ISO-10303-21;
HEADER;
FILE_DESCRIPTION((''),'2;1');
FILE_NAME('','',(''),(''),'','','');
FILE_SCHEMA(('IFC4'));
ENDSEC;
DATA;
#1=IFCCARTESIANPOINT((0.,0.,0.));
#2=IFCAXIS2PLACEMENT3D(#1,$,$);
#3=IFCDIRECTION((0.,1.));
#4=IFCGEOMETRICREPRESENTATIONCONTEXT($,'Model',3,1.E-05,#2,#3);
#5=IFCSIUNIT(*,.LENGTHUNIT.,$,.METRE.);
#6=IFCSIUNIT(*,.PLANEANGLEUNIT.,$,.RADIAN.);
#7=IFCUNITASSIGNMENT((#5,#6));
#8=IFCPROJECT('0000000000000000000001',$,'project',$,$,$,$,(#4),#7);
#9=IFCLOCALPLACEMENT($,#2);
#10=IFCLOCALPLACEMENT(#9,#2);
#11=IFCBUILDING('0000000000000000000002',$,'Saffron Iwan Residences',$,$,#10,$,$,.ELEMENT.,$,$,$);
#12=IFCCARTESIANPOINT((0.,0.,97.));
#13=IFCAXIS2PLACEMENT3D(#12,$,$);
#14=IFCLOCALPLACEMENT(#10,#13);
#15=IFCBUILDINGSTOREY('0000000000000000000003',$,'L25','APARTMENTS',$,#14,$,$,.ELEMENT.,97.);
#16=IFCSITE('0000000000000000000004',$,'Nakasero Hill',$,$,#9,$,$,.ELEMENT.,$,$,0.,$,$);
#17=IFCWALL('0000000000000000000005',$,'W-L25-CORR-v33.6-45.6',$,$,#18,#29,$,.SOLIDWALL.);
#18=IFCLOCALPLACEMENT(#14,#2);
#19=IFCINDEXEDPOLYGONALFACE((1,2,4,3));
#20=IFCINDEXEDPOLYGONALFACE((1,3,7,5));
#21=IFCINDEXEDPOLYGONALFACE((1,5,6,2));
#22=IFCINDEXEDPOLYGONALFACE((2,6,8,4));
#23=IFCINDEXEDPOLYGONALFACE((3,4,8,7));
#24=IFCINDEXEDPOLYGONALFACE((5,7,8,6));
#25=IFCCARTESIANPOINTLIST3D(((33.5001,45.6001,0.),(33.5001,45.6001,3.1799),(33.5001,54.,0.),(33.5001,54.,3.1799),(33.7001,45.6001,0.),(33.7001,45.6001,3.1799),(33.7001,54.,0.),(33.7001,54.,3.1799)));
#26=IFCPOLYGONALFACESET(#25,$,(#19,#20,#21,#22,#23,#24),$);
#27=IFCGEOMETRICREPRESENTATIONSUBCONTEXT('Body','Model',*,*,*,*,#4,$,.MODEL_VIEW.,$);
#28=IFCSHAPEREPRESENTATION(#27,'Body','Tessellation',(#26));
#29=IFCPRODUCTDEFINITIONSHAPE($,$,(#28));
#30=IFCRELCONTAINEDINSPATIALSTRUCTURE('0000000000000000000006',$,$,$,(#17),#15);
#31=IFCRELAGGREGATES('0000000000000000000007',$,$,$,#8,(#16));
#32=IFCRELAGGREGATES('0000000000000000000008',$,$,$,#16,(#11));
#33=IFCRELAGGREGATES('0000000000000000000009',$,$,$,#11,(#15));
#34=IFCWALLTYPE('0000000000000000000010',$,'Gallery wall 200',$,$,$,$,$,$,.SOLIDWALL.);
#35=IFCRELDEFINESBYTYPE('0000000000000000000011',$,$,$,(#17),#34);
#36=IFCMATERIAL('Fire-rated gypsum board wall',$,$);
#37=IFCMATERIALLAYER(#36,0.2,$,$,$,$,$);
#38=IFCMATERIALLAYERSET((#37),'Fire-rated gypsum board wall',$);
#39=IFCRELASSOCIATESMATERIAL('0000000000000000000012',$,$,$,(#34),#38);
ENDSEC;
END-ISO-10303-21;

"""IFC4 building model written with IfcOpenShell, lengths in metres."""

from ifc_helpers import new_model, si_unit, direction, frame, frame_2d, origin, place, context, subcontext, project, spatial, rectangle, extrude, material, layer, layer_set, type_object, element, save


model = new_model("IFC4")

# Units and contexts
model_context = context("Model", 3, precision=1e-05, world=origin(), true_north=direction((0.0, 1.0)))
body_context = subcontext(model_context, "Body", "Model", "MODEL_VIEW")
ifc_project = project(units=[si_unit("LENGTHUNIT", "METRE"), si_unit("PLANEANGLEUNIT", "RADIAN")], contexts=[model_context])

# Site, building, storey
site_placement = place(None, origin())
site = spatial("IfcSite", under=ifc_project, at=site_placement, Name="Nakasero Hill", CompositionType="ELEMENT", RefElevation=0.0)
building_placement = place(site_placement, origin())
building = spatial("IfcBuilding", under=site, at=building_placement, Name="Saffron Iwan Residences", CompositionType="ELEMENT")
storey_placement = place(building_placement, frame((0.0, 0.0, 97.0)))
storey = spatial("IfcBuildingStorey", under=building, at=storey_placement, Name="L25", Description="APARTMENTS", CompositionType="ELEMENT", Elevation=97.0)

# Shared definitions
ifc_material_1 = material(Name="Fire-rated gypsum board wall")
ifc_layer_1 = layer(ifc_material_1, 0.2)
ifc_layer_set_1 = layer_set([ifc_layer_1], Name="Fire-rated gypsum board wall")
wall_type_1 = type_object("IfcWallType", Name="Gallery wall 200", PredefinedType="SOLIDWALL", material=ifc_layer_set_1)

# Wall
wall_1_placement = place(storey_placement, frame((33.6001, 45.6001, 0.0), z_axis=(0.0, 0.0, 1.0), x_axis=(0.0, 1.0, 0.0)))
element("IfcWall", 1, at=wall_1_placement, inside=storey, type_object=wall_type_1, Name="W-L25-CORR-v33.6-45.6", PredefinedType="SOLIDWALL", context=body_context, shape_type="SweptSolid", body=[
    extrude(rectangle(XDim=8.3999, YDim=0.2, at=frame_2d((4.2, 0.0))), origin(), (0.0, 0.0, 1.0), 3.1799),
])

save(model, "model.ifc")
